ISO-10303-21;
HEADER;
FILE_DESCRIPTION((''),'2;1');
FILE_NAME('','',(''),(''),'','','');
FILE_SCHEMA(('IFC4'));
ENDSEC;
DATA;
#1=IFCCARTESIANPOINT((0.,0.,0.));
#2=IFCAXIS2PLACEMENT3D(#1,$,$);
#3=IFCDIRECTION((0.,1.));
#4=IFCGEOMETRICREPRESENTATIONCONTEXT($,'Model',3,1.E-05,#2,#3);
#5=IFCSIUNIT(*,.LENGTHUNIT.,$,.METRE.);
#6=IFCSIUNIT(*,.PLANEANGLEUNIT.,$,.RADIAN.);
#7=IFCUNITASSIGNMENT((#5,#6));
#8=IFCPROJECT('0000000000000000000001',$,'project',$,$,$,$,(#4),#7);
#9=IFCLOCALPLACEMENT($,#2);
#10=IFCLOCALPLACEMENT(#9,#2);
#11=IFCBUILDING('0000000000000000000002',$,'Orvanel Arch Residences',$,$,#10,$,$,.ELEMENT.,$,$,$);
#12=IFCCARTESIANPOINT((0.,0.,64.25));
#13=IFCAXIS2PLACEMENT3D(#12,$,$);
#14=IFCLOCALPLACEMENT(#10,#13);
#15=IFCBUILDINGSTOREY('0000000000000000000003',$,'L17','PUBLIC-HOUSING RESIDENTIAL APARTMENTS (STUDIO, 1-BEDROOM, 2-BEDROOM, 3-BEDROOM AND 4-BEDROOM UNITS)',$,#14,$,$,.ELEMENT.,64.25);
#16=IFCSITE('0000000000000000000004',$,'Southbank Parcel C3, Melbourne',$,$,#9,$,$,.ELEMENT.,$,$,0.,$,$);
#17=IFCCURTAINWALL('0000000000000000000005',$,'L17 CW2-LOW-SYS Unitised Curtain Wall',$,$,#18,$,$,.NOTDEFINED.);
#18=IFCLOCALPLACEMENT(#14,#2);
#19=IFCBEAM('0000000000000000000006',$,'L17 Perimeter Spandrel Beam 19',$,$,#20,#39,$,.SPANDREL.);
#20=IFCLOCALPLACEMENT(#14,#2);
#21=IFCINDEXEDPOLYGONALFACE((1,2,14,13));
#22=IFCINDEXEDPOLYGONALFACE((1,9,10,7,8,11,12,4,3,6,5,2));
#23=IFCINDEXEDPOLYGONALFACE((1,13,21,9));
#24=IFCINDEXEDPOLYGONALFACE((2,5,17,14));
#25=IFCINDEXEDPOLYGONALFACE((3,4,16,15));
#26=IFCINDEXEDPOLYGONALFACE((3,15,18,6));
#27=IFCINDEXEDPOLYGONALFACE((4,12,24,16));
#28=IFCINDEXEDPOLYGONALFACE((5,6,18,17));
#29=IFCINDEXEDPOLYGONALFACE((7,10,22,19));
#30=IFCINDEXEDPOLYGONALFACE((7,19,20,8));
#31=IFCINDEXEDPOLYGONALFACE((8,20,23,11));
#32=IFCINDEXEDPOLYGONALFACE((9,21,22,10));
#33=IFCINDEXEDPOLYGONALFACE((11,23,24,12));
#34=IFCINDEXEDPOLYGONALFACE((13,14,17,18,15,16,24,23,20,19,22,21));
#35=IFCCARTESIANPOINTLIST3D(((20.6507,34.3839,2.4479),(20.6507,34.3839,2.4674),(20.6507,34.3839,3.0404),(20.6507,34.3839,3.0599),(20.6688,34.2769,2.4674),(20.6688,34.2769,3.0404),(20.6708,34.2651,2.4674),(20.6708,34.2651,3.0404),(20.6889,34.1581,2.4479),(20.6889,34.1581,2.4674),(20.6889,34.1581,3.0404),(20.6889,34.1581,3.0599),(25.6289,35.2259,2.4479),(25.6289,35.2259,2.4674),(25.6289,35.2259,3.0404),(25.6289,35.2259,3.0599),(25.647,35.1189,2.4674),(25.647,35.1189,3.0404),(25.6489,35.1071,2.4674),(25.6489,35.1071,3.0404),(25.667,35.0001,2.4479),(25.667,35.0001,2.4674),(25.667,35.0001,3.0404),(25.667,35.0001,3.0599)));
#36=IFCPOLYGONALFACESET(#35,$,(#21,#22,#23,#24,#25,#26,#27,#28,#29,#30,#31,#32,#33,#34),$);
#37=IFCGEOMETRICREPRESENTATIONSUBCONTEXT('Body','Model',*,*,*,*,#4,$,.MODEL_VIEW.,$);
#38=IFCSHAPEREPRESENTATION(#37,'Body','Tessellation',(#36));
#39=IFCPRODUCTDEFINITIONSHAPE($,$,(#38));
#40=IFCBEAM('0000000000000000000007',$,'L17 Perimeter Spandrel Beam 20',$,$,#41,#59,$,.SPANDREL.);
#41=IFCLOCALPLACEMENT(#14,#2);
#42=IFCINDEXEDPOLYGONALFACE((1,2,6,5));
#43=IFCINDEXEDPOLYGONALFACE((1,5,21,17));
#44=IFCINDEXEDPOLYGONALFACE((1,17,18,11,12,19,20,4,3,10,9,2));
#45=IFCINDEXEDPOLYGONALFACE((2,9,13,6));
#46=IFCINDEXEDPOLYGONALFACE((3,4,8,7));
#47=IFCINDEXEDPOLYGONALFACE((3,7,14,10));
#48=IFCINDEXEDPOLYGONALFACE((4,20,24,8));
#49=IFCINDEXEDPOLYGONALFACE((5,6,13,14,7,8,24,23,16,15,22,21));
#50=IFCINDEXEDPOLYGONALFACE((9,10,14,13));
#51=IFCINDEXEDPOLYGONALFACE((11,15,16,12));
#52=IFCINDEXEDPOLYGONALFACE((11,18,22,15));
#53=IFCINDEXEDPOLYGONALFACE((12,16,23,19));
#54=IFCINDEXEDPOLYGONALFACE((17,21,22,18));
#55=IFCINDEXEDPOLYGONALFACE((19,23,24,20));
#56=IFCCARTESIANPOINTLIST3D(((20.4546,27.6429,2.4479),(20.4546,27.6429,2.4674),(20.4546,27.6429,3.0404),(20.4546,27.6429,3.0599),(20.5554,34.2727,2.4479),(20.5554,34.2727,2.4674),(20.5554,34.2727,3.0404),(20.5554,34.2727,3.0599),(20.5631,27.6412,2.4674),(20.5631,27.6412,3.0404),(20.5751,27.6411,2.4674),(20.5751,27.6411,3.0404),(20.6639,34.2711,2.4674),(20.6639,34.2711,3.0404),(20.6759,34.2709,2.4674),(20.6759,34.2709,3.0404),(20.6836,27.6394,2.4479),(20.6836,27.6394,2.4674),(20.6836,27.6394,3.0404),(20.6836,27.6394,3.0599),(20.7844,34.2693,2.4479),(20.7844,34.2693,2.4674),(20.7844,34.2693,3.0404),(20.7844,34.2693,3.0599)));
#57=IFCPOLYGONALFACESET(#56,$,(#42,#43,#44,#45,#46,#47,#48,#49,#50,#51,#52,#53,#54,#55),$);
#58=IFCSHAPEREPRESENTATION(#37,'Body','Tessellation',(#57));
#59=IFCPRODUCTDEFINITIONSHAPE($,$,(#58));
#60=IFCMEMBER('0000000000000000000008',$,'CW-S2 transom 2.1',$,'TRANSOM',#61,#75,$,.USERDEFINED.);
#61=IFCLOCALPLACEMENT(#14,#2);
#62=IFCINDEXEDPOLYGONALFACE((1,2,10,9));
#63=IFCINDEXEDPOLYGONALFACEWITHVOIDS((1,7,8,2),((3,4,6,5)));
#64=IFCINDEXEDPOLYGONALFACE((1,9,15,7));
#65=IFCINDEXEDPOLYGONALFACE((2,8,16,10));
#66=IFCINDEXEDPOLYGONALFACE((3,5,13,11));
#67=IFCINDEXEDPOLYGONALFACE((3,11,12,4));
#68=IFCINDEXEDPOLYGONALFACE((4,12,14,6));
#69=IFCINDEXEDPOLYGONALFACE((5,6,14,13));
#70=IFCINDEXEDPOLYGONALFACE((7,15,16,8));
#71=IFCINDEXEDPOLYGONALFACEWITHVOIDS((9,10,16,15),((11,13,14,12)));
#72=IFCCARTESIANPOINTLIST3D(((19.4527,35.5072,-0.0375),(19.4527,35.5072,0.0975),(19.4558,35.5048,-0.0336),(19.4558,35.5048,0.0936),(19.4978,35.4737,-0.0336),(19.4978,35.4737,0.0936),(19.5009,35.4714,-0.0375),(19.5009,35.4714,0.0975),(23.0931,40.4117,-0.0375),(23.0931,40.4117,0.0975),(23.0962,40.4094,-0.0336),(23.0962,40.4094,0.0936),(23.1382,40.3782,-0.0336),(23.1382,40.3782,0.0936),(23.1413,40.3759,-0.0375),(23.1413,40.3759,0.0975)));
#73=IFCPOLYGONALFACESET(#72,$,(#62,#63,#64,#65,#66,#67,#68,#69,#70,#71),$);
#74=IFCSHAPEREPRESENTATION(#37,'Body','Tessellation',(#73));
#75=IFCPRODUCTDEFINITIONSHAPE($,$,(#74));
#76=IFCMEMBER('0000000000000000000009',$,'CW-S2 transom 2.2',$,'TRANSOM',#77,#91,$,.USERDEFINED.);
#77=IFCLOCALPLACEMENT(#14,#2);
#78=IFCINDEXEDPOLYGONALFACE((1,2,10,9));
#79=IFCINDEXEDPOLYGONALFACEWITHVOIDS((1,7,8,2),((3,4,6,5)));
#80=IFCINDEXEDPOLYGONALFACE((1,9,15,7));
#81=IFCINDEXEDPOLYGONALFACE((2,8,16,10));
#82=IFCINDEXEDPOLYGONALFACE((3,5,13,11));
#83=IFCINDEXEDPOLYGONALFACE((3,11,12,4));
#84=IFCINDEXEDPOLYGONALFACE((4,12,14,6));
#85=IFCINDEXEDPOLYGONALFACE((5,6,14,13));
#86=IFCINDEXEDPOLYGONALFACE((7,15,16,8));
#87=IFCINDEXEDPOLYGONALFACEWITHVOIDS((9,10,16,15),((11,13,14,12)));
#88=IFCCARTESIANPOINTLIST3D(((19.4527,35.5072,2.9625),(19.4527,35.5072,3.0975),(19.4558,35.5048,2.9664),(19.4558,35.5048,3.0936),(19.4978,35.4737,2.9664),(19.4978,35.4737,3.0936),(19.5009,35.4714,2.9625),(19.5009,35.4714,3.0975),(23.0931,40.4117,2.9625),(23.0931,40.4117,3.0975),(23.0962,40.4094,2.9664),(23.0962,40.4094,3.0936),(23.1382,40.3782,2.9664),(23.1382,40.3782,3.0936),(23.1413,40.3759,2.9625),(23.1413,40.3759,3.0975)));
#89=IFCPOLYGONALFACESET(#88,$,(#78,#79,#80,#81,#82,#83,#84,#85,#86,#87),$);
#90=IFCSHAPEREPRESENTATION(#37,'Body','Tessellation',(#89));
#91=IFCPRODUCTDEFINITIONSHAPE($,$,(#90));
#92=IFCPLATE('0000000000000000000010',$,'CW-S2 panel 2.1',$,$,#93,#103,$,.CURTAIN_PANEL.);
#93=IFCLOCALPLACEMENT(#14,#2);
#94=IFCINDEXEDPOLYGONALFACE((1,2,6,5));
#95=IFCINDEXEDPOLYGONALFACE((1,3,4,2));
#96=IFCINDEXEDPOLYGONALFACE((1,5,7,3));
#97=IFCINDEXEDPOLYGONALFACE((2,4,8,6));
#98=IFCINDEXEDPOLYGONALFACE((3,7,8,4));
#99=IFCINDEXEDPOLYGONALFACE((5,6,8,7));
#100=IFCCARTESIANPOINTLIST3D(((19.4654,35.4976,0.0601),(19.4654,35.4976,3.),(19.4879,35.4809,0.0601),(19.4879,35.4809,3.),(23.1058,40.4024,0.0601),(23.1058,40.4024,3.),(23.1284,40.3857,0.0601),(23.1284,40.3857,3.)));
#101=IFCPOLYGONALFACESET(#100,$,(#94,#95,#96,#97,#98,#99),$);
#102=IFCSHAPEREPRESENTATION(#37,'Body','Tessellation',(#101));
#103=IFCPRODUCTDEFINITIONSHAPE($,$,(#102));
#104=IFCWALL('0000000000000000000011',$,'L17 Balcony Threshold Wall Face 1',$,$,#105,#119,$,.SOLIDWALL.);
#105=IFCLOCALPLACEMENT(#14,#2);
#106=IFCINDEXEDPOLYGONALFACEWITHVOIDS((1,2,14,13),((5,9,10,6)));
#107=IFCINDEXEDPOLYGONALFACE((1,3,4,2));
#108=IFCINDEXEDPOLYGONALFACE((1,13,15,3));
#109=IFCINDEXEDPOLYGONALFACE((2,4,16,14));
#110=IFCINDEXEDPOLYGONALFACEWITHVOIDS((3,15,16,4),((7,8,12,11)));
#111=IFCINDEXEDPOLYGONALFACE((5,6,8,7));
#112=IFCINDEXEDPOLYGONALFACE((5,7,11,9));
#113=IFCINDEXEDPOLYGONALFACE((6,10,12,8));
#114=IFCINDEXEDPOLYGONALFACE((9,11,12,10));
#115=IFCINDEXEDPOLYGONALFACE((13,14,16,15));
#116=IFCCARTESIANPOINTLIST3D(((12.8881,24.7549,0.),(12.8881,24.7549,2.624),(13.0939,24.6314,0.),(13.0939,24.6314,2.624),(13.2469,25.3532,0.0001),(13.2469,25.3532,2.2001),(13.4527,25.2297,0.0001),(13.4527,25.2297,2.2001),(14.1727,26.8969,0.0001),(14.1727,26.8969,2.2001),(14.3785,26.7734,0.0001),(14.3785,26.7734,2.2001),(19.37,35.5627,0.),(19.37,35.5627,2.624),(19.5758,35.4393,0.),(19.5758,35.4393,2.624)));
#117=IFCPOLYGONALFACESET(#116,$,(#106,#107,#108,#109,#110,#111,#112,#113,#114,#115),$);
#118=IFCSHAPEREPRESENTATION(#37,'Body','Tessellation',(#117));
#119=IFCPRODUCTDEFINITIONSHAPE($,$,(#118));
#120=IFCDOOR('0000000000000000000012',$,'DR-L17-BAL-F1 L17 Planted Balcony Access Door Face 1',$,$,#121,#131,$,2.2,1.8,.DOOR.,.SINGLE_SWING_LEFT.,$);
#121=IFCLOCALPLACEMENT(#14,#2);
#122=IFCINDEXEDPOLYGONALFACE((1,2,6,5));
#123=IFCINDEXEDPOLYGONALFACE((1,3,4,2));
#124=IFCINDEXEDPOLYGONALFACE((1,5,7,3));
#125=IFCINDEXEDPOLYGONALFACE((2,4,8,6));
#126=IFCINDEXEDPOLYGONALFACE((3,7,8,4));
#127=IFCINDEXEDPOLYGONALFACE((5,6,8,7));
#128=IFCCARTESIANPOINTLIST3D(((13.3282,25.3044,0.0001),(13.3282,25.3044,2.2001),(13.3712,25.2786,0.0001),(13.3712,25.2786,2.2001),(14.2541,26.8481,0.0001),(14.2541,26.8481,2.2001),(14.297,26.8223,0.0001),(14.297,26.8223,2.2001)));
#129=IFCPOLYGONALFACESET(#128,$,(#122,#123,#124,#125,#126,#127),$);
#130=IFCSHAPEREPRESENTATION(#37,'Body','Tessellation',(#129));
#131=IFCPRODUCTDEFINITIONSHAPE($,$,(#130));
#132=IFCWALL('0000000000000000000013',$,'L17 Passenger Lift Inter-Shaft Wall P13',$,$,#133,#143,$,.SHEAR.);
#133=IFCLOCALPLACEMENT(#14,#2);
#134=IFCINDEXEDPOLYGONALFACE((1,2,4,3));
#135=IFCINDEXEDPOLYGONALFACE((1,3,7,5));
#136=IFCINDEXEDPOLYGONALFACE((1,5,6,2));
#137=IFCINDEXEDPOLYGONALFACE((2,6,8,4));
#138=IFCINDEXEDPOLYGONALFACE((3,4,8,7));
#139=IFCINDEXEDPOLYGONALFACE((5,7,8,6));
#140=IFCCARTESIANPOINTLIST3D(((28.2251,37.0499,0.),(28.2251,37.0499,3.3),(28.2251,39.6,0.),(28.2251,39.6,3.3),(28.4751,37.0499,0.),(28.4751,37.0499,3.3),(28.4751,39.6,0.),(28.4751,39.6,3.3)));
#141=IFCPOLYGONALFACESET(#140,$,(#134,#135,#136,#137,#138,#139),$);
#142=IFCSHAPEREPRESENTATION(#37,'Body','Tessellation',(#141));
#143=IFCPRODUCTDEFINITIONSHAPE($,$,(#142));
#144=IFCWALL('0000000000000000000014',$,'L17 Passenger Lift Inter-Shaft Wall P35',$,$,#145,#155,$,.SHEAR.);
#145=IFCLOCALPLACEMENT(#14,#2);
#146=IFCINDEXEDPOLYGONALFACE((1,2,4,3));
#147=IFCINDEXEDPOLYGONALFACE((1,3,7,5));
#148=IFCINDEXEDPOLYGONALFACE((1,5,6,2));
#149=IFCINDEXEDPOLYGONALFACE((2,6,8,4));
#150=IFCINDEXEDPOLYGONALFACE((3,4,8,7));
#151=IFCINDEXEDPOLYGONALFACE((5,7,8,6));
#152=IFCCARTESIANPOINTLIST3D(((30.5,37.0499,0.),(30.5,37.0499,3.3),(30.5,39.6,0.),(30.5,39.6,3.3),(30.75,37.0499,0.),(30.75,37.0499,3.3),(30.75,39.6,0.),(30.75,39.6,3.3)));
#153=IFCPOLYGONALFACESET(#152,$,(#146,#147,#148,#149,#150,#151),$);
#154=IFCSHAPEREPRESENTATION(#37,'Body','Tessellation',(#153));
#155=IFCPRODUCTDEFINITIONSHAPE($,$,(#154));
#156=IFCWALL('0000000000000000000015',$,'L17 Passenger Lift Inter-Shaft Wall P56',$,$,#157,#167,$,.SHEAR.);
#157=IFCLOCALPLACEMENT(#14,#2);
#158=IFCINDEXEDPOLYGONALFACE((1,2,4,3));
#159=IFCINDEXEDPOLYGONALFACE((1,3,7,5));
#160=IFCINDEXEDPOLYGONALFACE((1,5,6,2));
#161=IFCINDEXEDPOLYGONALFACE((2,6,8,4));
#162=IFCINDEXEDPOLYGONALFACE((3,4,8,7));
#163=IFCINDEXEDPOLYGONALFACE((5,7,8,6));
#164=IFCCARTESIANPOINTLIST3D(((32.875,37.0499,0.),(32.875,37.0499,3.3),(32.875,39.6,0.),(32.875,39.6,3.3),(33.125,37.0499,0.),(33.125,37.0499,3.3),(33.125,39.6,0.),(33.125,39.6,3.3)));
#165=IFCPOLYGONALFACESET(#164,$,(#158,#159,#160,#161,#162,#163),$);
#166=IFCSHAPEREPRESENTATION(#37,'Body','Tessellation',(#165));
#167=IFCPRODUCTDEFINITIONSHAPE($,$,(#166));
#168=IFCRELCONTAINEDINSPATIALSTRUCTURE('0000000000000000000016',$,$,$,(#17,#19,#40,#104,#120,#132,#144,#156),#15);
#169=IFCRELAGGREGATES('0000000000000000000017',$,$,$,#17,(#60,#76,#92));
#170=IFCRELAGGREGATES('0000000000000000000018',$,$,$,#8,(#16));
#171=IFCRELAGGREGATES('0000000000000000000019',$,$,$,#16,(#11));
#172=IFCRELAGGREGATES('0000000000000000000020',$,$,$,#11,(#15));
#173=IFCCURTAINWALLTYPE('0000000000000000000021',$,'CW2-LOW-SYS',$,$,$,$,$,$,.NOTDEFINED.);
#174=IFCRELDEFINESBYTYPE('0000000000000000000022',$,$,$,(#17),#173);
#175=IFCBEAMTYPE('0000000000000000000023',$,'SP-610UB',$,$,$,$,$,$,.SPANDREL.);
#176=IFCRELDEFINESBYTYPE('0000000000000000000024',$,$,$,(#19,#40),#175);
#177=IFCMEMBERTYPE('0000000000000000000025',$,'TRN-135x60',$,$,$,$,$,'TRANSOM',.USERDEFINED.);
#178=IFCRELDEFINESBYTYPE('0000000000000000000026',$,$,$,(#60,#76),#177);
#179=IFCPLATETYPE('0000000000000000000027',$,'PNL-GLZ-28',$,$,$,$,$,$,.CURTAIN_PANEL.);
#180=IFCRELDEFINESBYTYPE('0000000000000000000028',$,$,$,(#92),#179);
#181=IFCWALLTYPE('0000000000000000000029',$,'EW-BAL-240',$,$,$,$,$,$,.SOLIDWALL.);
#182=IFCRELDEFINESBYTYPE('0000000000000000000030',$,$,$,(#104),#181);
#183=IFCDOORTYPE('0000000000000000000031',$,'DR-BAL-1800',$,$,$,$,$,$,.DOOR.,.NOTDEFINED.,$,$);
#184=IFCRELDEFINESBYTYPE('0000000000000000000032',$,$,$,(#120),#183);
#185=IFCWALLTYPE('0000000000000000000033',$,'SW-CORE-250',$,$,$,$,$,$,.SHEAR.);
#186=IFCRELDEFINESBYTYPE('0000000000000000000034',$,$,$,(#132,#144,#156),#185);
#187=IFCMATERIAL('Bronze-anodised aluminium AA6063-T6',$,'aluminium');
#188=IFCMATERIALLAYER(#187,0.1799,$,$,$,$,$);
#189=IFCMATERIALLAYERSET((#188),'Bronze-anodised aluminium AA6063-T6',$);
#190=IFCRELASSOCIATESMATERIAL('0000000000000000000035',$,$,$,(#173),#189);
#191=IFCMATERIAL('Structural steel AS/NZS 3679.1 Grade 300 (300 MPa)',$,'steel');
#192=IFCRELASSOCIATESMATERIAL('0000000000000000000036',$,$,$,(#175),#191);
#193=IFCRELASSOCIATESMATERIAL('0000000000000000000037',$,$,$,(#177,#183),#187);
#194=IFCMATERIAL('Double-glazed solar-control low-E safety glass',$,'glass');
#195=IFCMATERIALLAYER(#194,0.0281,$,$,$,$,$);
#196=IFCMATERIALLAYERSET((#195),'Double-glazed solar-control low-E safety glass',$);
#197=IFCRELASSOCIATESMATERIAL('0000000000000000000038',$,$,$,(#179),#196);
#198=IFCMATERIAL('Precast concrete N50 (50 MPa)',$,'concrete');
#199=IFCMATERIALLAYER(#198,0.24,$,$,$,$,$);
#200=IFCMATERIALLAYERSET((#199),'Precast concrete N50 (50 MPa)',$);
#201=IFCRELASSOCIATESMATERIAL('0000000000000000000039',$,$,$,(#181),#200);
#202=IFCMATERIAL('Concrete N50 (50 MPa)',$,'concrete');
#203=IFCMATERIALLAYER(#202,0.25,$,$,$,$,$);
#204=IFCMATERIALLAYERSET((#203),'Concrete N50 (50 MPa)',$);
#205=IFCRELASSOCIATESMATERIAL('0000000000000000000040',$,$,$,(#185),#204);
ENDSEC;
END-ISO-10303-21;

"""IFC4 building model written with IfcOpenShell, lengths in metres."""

from ifc_helpers import new_model, si_unit, direction, frame, frame_2d, origin, origin_2d, place, context, subcontext, project, spatial, rectangle, hollow_rectangle, i_section, extrude, material, layer, layer_set, material_profile, profile_set, type_object, element, fill, aggregate, save


model = new_model("IFC4")

# Units and contexts
model_context = context("Model", 3, precision=1e-05, world=origin(), true_north=direction((0.0, 1.0)))
body_context = subcontext(model_context, "Body", "Model", "MODEL_VIEW")
ifc_project = project(units=[si_unit("LENGTHUNIT", "METRE"), si_unit("PLANEANGLEUNIT", "RADIAN")], contexts=[model_context])

# Site, building, storey
site_placement = place(None, origin())
site = spatial("IfcSite", under=ifc_project, at=site_placement, Name="Southbank Parcel C3, Melbourne", CompositionType="ELEMENT", RefElevation=0.0)
building_placement = place(site_placement, origin())
building = spatial("IfcBuilding", under=site, at=building_placement, Name="Orvanel Arch Residences", CompositionType="ELEMENT")
storey_placement = place(building_placement, frame((0.0, 0.0, 64.25)))
storey = spatial("IfcBuildingStorey", under=building, at=storey_placement, Name="L17", Description="PUBLIC-HOUSING RESIDENTIAL APARTMENTS (STUDIO, 1-BEDROOM, 2-BEDROOM, 3-BEDROOM AND 4-BEDROOM UNITS)", CompositionType="ELEMENT", Elevation=64.25)

# Shared definitions
ifc_material_1 = material(Name="Structural steel AS/NZS 3679.1 Grade 300 (300 MPa)", Category="steel")

# Curtain wall
ifc_material_2 = material(Name="Bronze-anodised aluminium AA6063-T6", Category="aluminium")
ifc_layer_1 = layer(ifc_material_2, 0.1799)
ifc_layer_set_1 = layer_set([ifc_layer_1], Name="Bronze-anodised aluminium AA6063-T6")
curtain_wall_type = type_object("IfcCurtainWallType", Name="CW2-LOW-SYS", PredefinedType="NOTDEFINED", material=ifc_layer_set_1)
curtain_wall_placement = place(storey_placement, origin())
curtain_wall = element("IfcCurtainWall", 1, at=curtain_wall_placement, inside=storey, type_object=curtain_wall_type, Name="L17 CW2-LOW-SYS Unitised Curtain Wall", PredefinedType="NOTDEFINED")

# Beams
ifc_material_profile_1 = material_profile(ifc_material_1, i_section(OverallWidth=0.229, OverallDepth=0.6121, WebThickness=0.012, FlangeThickness=0.0195, at=origin_2d()), Name="610UB125")
ifc_profile_set_1 = profile_set([ifc_material_profile_1], Name="Structural steel AS/NZS 3679.1 Grade 300 (300 MPa)")
beam_type_1 = type_object("IfcBeamType", Name="SP-610UB", PredefinedType="SPANDREL", material=ifc_profile_set_1)
beam_1_placement = place(storey_placement, frame((25.6479, 35.113, 2.7539), z_axis=(-0.985994, -0.166782, 0.0), x_axis=(0.166782, -0.985994, 0.0)))
element("IfcBeam", 2, at=beam_1_placement, inside=storey, type_object=beam_type_1, Name="L17 Perimeter Spandrel Beam 19", PredefinedType="SPANDREL", context=body_context, shape_type="SweptSolid", body=[
    extrude(i_section(OverallWidth=0.229, OverallDepth=0.6121, WebThickness=0.012, FlangeThickness=0.0195, at=origin_2d()), origin(), (0.0, 0.0, 1.0), 5.0488),
])
beam_2_placement = place(storey_placement, frame((20.6699, 34.271, 2.7539), z_axis=(-0.015207, -0.999884, 0.0), x_axis=(0.999884, -0.015207, 0.0)))
element("IfcBeam", 3, at=beam_2_placement, inside=storey, type_object=beam_type_1, Name="L17 Perimeter Spandrel Beam 20", PredefinedType="SPANDREL", context=body_context, shape_type="SweptSolid", body=[
    extrude(i_section(OverallWidth=0.229, OverallDepth=0.6121, WebThickness=0.012, FlangeThickness=0.0195, at=origin_2d()), origin(), (0.0, 0.0, 1.0), 6.6306),
])

# Members
ifc_material_profile_2 = material_profile(ifc_material_2, hollow_rectangle(XDim=0.0601, YDim=0.135, WallThickness=0.0039, at=origin_2d()), Name="ALU135x60x4")
ifc_profile_set_2 = profile_set([ifc_material_profile_2], Name="Bronze-anodised aluminium AA6063-T6")
member_type_1 = type_object("IfcMemberType", Name="TRN-135x60", ElementType="TRANSOM", PredefinedType="USERDEFINED", material=ifc_profile_set_2)
member_1_placement = place(storey_placement, frame((23.1172, 40.3938, 0.03), z_axis=(-0.596008, -0.802978, 0.0), x_axis=(0.802978, -0.596008, 0.0)))
member_1 = element("IfcMember", 4, at=member_1_placement, type_object=member_type_1, Name="CW-S2 transom 2.1", ObjectType="TRANSOM", PredefinedType="USERDEFINED", context=body_context, shape_type="SweptSolid", body=[
    extrude(hollow_rectangle(XDim=0.0601, YDim=0.135, WallThickness=0.0039, at=origin_2d()), origin(), (0.0, 0.0, 1.0), 6.1079),
])
member_2_placement = place(storey_placement, frame((23.1172, 40.3938, 3.03), z_axis=(-0.596008, -0.802978, 0.0), x_axis=(0.802978, -0.596008, 0.0)))
member_2 = element("IfcMember", 5, at=member_2_placement, type_object=member_type_1, Name="CW-S2 transom 2.2", ObjectType="TRANSOM", PredefinedType="USERDEFINED", context=body_context, shape_type="SweptSolid", body=[
    extrude(hollow_rectangle(XDim=0.0601, YDim=0.135, WallThickness=0.0039, at=origin_2d()), origin(), (0.0, 0.0, 1.0), 6.1079),
])

# Plate
ifc_material_3 = material(Name="Double-glazed solar-control low-E safety glass", Category="glass")
ifc_layer_2 = layer(ifc_material_3, 0.0281)
ifc_layer_set_2 = layer_set([ifc_layer_2], Name="Double-glazed solar-control low-E safety glass")
plate_type = type_object("IfcPlateType", Name="PNL-GLZ-28", PredefinedType="CURTAIN_PANEL", material=ifc_layer_set_2)
plate_placement = place(storey_placement, frame((21.2969, 37.9417, 0.0601), z_axis=(0.0, 0.0, 1.0), x_axis=(-0.596001, -0.802984, 0.0)))
plate = element("IfcPlate", 6, at=plate_placement, type_object=plate_type, Name="CW-S2 panel 2.1", PredefinedType="CURTAIN_PANEL", context=body_context, shape_type="SweptSolid", body=[
    extrude(rectangle(XDim=6.1082, YDim=0.0281, at=origin_2d()), origin(), (0.0, 0.0, 1.0), 2.9399),
])
aggregate(curtain_wall, [member_1, member_2, plate])

# Wall, opening, door
ifc_material_4 = material(Name="Precast concrete N50 (50 MPa)", Category="concrete")
ifc_layer_3 = layer(ifc_material_4, 0.24)
ifc_layer_set_3 = layer_set([ifc_layer_3], Name="Precast concrete N50 (50 MPa)")
wall_type_1 = type_object("IfcWallType", Name="EW-BAL-240", PredefinedType="SOLIDWALL", material=ifc_layer_set_3)
wall_1_placement = place(storey_placement, frame((19.4729, 35.501, 0.0), z_axis=(0.0, 0.0, 1.0), x_axis=(-0.514333, -0.85759, 0.0)))
wall_1 = element("IfcWall", 7, at=wall_1_placement, inside=storey, type_object=wall_type_1, Name="L17 Balcony Threshold Wall Face 1", PredefinedType="SOLIDWALL", context=body_context, shape_type="SweptSolid", body=[
    extrude(rectangle(XDim=12.6025, YDim=0.24, at=frame_2d((6.3013, 0.0))), origin(), (0.0, 0.0, 1.0), 2.624),
])
opening_1_placement = place(wall_1_placement, frame((10.105, 0.0, 0.0)))
opening_1 = element("IfcOpeningElement", 8, at=opening_1_placement, cuts=wall_1, PredefinedType="OPENING", context=body_context, shape_type="SweptSolid", body=[
    extrude(rectangle(XDim=1.8, YDim=2.2, at=frame_2d((0.8999, 1.1001))), frame((0.0, 0.1299, 0.0), z_axis=(0.0, -1.0, 0.0), x_axis=(1.0, 0.0, 0.0)), (0.0, 0.0, 1.0), 0.26),
])
door_type_1 = type_object("IfcDoorType", Name="DR-BAL-1800", OperationType="NOTDEFINED", PredefinedType="DOOR", material=ifc_material_2)
door_1_placement = place(opening_1_placement, origin())
door_1 = element("IfcDoor", 9, at=door_1_placement, inside=storey, type_object=door_type_1, Name="DR-L17-BAL-F1 L17 Planted Balcony Access Door Face 1", OperationType="SINGLE_SWING_LEFT", OverallHeight=2.2, OverallWidth=1.8, PredefinedType="DOOR", context=body_context, shape_type="SweptSolid", body=[
    extrude(rectangle(XDim=1.8, YDim=2.2, at=frame_2d((0.8999, 1.1001))), frame((0.0, 0.0249, 0.0), z_axis=(0.0, -1.0, 0.0), x_axis=(1.0, 0.0, 0.0)), (0.0, 0.0, 1.0), 0.05),
])
fill(opening_1, door_1)

# Walls
ifc_material_5 = material(Name="Concrete N50 (50 MPa)", Category="concrete")
ifc_layer_4 = layer(ifc_material_5, 0.25)
ifc_layer_set_4 = layer_set([ifc_layer_4], Name="Concrete N50 (50 MPa)")
wall_type_2 = type_object("IfcWallType", Name="SW-CORE-250", PredefinedType="SHEAR", material=ifc_layer_set_4)
for number, where, z_axis, x_axis, name in (
    (10, (28.3501, 37.05, 0.0), (0.0, 0.0, 1.0), (0.0, 1.0, 0.0), "L17 Passenger Lift Inter-Shaft Wall P13"),
    (11, (30.625, 37.05, 0.0), (0.0, 0.0, 1.0), (0.0, 1.0, 0.0), "L17 Passenger Lift Inter-Shaft Wall P35"),
    (12, (33.0, 37.05, 0.0), (0.0, 0.0, 1.0), (0.0, 1.0, 0.0), "L17 Passenger Lift Inter-Shaft Wall P56"),
):
    element("IfcWall", number, at=place(storey_placement, frame(where, z_axis=z_axis, x_axis=x_axis)), inside=storey, type_object=wall_type_2, Name=name, PredefinedType="SHEAR", context=body_context, shape_type="SweptSolid", body=[
        extrude(rectangle(XDim=2.55, YDim=0.25, at=frame_2d((1.2749, 0.0))), origin(), (0.0, 0.0, 1.0), 3.3),
    ])

save(model, "model.ifc")
